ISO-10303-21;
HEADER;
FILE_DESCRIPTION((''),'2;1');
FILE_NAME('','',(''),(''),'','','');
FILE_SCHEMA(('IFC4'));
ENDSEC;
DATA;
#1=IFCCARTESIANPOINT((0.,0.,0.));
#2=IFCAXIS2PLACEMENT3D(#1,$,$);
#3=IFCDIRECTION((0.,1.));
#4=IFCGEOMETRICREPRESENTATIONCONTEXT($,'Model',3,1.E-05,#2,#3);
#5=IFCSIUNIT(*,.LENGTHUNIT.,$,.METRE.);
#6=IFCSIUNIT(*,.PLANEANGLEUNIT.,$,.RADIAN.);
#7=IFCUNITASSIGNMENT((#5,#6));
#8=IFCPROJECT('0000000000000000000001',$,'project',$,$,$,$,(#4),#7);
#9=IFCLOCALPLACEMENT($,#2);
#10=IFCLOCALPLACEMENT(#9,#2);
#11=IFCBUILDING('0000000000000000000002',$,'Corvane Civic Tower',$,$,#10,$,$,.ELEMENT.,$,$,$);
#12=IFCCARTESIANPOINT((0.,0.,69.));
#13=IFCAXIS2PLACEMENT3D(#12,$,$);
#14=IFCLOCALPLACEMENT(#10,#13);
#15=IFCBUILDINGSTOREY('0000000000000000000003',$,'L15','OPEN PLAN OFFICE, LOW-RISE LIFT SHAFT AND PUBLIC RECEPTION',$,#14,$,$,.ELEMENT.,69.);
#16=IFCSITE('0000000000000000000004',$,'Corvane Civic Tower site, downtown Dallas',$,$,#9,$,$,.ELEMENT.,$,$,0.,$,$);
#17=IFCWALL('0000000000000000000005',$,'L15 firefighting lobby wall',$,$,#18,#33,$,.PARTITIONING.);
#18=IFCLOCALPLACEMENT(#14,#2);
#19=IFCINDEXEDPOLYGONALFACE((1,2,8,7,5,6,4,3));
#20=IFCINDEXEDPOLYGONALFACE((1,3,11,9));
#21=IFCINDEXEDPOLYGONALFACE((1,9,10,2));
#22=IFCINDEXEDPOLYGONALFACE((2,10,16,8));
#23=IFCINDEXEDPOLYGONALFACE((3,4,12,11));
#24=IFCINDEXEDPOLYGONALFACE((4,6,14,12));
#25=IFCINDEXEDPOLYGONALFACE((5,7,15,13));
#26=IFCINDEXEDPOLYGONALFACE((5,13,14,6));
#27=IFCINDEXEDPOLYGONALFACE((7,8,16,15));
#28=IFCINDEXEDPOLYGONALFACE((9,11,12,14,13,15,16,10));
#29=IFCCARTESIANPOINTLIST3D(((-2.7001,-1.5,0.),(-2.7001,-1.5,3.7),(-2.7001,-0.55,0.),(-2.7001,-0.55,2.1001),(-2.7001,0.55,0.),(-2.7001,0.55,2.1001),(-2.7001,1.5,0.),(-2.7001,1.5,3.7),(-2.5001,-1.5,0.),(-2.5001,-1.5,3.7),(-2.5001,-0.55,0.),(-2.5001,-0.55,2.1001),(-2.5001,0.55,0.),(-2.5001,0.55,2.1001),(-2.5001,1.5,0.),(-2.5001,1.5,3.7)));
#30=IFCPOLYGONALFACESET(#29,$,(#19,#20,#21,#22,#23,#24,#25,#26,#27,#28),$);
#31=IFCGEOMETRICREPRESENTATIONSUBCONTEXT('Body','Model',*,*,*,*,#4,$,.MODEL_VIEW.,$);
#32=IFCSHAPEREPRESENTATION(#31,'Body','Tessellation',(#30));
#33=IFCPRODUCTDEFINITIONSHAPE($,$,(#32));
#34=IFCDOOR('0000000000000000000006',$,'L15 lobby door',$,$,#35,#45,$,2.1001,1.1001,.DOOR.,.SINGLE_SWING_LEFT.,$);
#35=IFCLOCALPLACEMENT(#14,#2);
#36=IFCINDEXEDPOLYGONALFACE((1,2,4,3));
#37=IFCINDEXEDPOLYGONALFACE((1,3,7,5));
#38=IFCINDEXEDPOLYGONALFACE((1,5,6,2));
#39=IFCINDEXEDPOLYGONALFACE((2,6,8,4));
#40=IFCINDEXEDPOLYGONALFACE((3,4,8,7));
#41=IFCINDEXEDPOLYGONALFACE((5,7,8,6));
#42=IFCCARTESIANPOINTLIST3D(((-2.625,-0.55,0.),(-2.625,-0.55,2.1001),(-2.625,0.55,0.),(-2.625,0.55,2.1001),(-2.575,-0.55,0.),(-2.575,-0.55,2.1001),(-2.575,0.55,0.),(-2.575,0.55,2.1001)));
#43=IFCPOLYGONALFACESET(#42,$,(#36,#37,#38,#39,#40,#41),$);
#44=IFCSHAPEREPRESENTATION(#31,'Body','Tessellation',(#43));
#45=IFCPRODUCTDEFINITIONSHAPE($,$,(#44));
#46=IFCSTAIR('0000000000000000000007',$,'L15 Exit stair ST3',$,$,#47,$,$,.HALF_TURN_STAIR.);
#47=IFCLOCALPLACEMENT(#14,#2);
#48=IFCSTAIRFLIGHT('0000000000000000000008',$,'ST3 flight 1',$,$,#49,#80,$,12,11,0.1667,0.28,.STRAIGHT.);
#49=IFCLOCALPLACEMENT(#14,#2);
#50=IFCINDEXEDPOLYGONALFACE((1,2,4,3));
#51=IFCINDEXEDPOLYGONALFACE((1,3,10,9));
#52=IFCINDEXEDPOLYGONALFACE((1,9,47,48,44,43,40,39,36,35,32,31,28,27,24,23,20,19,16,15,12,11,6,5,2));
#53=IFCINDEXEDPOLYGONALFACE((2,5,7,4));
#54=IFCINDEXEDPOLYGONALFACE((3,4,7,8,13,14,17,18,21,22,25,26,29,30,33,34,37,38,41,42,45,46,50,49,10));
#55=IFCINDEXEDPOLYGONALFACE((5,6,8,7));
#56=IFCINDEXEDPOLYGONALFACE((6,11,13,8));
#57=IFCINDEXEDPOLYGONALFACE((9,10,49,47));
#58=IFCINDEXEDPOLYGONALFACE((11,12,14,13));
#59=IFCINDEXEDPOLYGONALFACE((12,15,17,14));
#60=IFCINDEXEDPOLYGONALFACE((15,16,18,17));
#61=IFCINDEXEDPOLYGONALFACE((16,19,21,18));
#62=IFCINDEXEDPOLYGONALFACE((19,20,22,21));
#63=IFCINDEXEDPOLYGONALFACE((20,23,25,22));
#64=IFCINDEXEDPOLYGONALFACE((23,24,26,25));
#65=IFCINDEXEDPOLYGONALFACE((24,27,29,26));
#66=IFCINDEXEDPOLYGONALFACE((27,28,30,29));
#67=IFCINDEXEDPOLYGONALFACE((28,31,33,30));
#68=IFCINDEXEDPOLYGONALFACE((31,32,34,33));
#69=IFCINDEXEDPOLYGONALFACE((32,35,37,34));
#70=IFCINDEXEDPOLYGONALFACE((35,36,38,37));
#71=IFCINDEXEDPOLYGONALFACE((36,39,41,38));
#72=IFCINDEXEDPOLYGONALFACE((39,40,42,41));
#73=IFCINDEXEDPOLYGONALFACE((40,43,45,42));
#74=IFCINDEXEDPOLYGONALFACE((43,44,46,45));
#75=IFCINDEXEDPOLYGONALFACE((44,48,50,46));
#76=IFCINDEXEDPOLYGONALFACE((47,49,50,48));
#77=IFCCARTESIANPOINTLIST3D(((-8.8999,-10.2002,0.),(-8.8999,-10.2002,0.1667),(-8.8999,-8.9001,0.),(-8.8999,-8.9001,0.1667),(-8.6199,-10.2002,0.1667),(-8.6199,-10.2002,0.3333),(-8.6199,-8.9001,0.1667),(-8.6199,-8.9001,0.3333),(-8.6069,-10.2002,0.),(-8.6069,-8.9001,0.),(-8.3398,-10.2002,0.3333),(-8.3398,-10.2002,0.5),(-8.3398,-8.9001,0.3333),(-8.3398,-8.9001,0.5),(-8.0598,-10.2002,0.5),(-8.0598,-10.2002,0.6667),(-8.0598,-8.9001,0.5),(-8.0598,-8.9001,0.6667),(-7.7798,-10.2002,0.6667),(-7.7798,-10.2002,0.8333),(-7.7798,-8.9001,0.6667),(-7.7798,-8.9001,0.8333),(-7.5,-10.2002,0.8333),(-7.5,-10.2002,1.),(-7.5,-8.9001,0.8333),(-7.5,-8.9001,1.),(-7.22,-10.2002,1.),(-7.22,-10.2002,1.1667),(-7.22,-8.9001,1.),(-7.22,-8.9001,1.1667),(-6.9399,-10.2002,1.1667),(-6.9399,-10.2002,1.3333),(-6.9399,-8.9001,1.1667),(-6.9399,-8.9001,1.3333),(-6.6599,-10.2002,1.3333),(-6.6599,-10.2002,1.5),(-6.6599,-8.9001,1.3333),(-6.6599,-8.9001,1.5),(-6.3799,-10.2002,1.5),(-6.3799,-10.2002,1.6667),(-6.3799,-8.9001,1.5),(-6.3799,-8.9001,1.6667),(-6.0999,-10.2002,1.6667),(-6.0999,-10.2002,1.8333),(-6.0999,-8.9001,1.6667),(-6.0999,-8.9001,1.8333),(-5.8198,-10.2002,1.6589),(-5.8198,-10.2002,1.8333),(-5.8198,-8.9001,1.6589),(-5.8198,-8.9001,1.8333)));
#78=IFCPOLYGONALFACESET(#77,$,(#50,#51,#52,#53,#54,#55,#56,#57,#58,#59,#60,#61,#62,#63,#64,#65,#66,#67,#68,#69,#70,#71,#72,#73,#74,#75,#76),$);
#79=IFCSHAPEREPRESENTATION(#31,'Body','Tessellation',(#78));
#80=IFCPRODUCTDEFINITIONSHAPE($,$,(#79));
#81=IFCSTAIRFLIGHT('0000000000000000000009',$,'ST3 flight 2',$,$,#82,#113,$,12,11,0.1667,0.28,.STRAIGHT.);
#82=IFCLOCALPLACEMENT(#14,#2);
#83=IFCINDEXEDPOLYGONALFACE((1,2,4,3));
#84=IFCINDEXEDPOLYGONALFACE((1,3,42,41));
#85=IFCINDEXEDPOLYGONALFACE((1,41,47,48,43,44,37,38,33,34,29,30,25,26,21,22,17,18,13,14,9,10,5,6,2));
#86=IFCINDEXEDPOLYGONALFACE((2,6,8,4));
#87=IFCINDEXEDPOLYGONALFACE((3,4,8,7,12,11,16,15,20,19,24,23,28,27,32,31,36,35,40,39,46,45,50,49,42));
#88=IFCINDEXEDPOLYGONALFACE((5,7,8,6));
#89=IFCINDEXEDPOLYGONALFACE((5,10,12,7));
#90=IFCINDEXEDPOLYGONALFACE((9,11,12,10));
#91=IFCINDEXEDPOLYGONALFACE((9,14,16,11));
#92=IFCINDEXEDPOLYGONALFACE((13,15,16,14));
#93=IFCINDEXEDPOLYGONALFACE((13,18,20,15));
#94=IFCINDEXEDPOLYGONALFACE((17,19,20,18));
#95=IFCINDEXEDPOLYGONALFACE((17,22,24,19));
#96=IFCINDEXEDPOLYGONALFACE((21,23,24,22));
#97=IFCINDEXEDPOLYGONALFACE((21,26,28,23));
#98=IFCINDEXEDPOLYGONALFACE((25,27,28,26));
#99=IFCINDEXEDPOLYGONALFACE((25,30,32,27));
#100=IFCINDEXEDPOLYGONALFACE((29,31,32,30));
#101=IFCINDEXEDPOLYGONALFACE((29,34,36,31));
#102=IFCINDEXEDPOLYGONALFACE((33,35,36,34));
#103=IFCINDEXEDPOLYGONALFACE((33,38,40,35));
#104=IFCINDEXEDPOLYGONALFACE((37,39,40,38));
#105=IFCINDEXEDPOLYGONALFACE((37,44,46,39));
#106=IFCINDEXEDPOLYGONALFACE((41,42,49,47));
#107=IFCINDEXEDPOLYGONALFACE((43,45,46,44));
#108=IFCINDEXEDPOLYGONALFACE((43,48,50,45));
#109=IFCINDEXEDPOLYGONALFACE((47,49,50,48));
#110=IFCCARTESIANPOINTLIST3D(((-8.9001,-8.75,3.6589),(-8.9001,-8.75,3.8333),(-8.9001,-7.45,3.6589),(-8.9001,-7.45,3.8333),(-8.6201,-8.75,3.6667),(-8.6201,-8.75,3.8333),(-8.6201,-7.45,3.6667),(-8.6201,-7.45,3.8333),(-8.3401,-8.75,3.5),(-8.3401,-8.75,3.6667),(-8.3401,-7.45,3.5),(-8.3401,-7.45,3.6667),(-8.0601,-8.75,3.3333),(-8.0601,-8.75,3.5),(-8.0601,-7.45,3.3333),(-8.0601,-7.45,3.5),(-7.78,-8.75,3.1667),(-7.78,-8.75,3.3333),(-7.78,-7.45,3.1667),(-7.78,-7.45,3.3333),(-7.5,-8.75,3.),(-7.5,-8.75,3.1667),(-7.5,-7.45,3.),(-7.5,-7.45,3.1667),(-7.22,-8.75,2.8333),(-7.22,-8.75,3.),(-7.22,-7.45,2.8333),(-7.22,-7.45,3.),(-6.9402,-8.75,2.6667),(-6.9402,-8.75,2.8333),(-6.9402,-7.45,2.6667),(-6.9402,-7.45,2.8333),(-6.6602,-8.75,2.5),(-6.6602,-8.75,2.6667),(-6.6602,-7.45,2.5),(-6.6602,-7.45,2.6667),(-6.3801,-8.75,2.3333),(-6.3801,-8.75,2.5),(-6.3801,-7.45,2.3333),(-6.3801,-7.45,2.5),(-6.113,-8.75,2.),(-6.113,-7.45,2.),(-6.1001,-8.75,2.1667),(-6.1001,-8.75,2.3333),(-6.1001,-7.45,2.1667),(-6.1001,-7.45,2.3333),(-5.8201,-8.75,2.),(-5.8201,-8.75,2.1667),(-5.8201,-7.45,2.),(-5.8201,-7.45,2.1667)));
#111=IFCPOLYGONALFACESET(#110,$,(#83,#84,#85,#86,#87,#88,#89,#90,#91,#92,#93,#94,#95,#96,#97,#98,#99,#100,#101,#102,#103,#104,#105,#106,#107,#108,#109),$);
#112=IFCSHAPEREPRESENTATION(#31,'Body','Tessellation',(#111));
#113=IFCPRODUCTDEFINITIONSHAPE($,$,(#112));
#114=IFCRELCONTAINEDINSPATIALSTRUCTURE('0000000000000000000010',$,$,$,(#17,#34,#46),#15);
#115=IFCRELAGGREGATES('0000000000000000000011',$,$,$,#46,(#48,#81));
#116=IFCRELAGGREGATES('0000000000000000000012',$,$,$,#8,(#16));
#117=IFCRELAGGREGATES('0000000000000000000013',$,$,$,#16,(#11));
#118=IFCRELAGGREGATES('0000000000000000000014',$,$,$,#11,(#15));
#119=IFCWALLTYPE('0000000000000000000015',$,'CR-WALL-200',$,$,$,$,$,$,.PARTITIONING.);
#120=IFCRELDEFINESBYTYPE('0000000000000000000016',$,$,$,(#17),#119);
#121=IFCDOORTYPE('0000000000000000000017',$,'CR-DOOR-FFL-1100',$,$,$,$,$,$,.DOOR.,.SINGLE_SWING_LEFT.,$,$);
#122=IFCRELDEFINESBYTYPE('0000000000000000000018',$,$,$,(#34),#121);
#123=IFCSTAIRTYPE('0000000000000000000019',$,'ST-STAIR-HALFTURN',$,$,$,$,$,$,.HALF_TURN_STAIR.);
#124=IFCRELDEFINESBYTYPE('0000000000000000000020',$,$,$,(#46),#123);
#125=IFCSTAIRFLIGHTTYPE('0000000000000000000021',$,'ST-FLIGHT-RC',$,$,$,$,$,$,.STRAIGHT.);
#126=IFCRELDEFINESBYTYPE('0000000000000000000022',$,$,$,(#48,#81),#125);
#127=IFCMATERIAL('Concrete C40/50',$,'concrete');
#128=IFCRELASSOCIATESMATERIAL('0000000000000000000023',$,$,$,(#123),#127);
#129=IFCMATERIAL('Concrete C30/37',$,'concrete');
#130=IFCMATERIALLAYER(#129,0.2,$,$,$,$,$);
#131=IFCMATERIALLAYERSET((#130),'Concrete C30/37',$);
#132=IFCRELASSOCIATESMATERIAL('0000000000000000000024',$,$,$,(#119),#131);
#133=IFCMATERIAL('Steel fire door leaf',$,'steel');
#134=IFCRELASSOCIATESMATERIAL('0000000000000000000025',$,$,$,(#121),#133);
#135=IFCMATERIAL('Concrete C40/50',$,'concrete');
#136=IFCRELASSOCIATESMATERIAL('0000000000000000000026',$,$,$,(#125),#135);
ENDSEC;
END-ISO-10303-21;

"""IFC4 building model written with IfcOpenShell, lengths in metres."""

from ifc_helpers import new_model, si_unit, direction, frame, frame_2d, origin, place, context, subcontext, project, spatial, polyline, rectangle, outline, extrude, material, layer, layer_set, type_object, element, fill, aggregate, save


model = new_model("IFC4")

# Units and contexts
model_context = context("Model", 3, precision=1e-05, world=origin(), true_north=direction((0.0, 1.0)))
body_context = subcontext(model_context, "Body", "Model", "MODEL_VIEW")
ifc_project = project(units=[si_unit("LENGTHUNIT", "METRE"), si_unit("PLANEANGLEUNIT", "RADIAN")], contexts=[model_context])

# Site, building, storey
site_placement = place(None, origin())
site = spatial("IfcSite", under=ifc_project, at=site_placement, Name="Corvane Civic Tower site, downtown Dallas", CompositionType="ELEMENT", RefElevation=0.0)
building_placement = place(site_placement, origin())
building = spatial("IfcBuilding", under=site, at=building_placement, Name="Corvane Civic Tower", CompositionType="ELEMENT")
storey_placement = place(building_placement, frame((0.0, 0.0, 69.0)))
storey = spatial("IfcBuildingStorey", under=building, at=storey_placement, Name="L15", Description="OPEN PLAN OFFICE, LOW-RISE LIFT SHAFT AND PUBLIC RECEPTION", CompositionType="ELEMENT", Elevation=69.0)

# Shared definitions
ifc_material_1 = material(Name="Concrete C40/50", Category="concrete")
stair_type = type_object("IfcStairType", Name="ST-STAIR-HALFTURN", PredefinedType="HALF_TURN_STAIR", material=ifc_material_1)

# Shared definitions
ifc_material_2 = material(Name="Concrete C30/37", Category="concrete")
ifc_layer_1 = layer(ifc_material_2, 0.2)
ifc_layer_set_1 = layer_set([ifc_layer_1], Name="Concrete C30/37")
wall_type = type_object("IfcWallType", Name="CR-WALL-200", PredefinedType="PARTITIONING", material=ifc_layer_set_1)

# Wall, opening, door
wall_1_placement = place(storey_placement, frame((-2.6001, -1.5, 0.0), z_axis=(0.0, 0.0, 1.0), x_axis=(0.0, 1.0, 0.0)))
wall_1 = element("IfcWall", 1, at=wall_1_placement, inside=storey, type_object=wall_type, Name="L15 firefighting lobby wall", PredefinedType="PARTITIONING", context=body_context, shape_type="SweptSolid", body=[
    extrude(rectangle(XDim=3.0, YDim=0.2, at=frame_2d((1.5, 0.0))), origin(), (0.0, 0.0, 1.0), 3.7),
])
opening_1_placement = place(wall_1_placement, frame((0.95, 0.0, 0.0)))
opening_1 = element("IfcOpeningElement", 2, at=opening_1_placement, cuts=wall_1, PredefinedType="OPENING", context=body_context, shape_type="SweptSolid", body=[
    extrude(rectangle(XDim=1.1001, YDim=2.1001, at=frame_2d((0.55, 1.05))), frame((0.0, 0.1099, 0.0), z_axis=(0.0, -1.0, 0.0), x_axis=(1.0, 0.0, 0.0)), (0.0, 0.0, 1.0), 0.22),
])
ifc_material_3 = material(Name="Steel fire door leaf", Category="steel")
door_type_1 = type_object("IfcDoorType", Name="CR-DOOR-FFL-1100", OperationType="SINGLE_SWING_LEFT", PredefinedType="DOOR", material=ifc_material_3)
door_1_placement = place(opening_1_placement, origin())
door_1 = element("IfcDoor", 3, at=door_1_placement, inside=storey, type_object=door_type_1, Name="L15 lobby door", OperationType="SINGLE_SWING_LEFT", OverallHeight=2.1001, OverallWidth=1.1001, PredefinedType="DOOR", context=body_context, shape_type="SweptSolid", body=[
    extrude(rectangle(XDim=1.1001, YDim=2.1001, at=frame_2d((0.55, 1.05))), frame((0.0, 0.0249, 0.0), z_axis=(0.0, -1.0, 0.0), x_axis=(1.0, 0.0, 0.0)), (0.0, 0.0, 1.0), 0.05),
])
fill(opening_1, door_1)

# Stair, stair flights
stair_1_placement = place(storey_placement, origin())
stair_1 = element("IfcStair", 4, at=stair_1_placement, inside=storey, type_object=stair_type, Name="L15 Exit stair ST3", PredefinedType="HALF_TURN_STAIR")
ifc_material_4 = material(Name="Concrete C40/50", Category="concrete")
stair_flight_type = type_object("IfcStairFlightType", Name="ST-FLIGHT-RC", PredefinedType="STRAIGHT", material=ifc_material_4)
stair_flight_1_placement = place(storey_placement, frame((-8.8999, -9.55, 0.0), z_axis=(0.0, 0.0, 1.0), x_axis=(1.0, 0.0, 0.0)))
stair_flight_1 = element("IfcStairFlight", 5, at=stair_flight_1_placement, type_object=stair_flight_type, Name="ST3 flight 1", NumberOfRisers=12, NumberOfTreads=11, PredefinedType="STRAIGHT", RiserHeight=0.1667, TreadLength=0.28, context=body_context, shape_type="SweptSolid", body=[
    extrude(outline(polyline([(0.0, 0.0), (0.0, 0.1667), (0.28, 0.1667), (0.28, 0.3333), (0.5601, 0.3333), (0.5601, 0.5), (0.8401, 0.5), (0.8401, 0.6667), (1.1201, 0.6667), (1.1201, 0.8333), (1.3999, 0.8333), (1.3999, 1.0), (1.6799, 1.0), (1.6799, 1.1667), (1.96, 1.1667), (1.96, 1.3333), (2.24, 1.3333), (2.24, 1.5), (2.52, 1.5), (2.52, 1.6667), (2.8, 1.6667), (2.8, 1.8333), (3.0801, 1.8333), (3.0801, 2.0), (3.0801, 1.6589), (0.293, 0.0), (0.0, 0.0)])), frame((0.0, 0.6499, 0.0), z_axis=(0.0, -1.0, 0.0), x_axis=(1.0, 0.0, 0.0)), (0.0, 0.0, 1.0), 1.3),
])
stair_flight_2_placement = place(storey_placement, frame((-5.8201, -8.1001, 2.0), z_axis=(0.0, 0.0, 1.0), x_axis=(-1.0, 0.0, 0.0)))
stair_flight_2 = element("IfcStairFlight", 6, at=stair_flight_2_placement, type_object=stair_flight_type, Name="ST3 flight 2", NumberOfRisers=12, NumberOfTreads=11, PredefinedType="STRAIGHT", RiserHeight=0.1667, TreadLength=0.28, context=body_context, shape_type="SweptSolid", body=[
    extrude(outline(polyline([(0.0, 0.0), (0.0, 0.1667), (0.28, 0.1667), (0.28, 0.3333), (0.5601, 0.3333), (0.5601, 0.5), (0.8401, 0.5), (0.8401, 0.6667), (1.1201, 0.6667), (1.1201, 0.8333), (1.3999, 0.8333), (1.3999, 1.0), (1.6799, 1.0), (1.6799, 1.1667), (1.96, 1.1667), (1.96, 1.3333), (2.24, 1.3333), (2.24, 1.5), (2.52, 1.5), (2.52, 1.6667), (2.8, 1.6667), (2.8, 1.8333), (3.0801, 1.8333), (3.0801, 2.0), (3.0801, 1.6589), (0.293, 0.0), (0.0, 0.0)])), frame((0.0, 0.6499, 0.0), z_axis=(0.0, -1.0, 0.0), x_axis=(1.0, 0.0, 0.0)), (0.0, 0.0, 1.0), 1.3),
])
aggregate(stair_1, [stair_flight_1, stair_flight_2])

save(model, "model.ifc")
